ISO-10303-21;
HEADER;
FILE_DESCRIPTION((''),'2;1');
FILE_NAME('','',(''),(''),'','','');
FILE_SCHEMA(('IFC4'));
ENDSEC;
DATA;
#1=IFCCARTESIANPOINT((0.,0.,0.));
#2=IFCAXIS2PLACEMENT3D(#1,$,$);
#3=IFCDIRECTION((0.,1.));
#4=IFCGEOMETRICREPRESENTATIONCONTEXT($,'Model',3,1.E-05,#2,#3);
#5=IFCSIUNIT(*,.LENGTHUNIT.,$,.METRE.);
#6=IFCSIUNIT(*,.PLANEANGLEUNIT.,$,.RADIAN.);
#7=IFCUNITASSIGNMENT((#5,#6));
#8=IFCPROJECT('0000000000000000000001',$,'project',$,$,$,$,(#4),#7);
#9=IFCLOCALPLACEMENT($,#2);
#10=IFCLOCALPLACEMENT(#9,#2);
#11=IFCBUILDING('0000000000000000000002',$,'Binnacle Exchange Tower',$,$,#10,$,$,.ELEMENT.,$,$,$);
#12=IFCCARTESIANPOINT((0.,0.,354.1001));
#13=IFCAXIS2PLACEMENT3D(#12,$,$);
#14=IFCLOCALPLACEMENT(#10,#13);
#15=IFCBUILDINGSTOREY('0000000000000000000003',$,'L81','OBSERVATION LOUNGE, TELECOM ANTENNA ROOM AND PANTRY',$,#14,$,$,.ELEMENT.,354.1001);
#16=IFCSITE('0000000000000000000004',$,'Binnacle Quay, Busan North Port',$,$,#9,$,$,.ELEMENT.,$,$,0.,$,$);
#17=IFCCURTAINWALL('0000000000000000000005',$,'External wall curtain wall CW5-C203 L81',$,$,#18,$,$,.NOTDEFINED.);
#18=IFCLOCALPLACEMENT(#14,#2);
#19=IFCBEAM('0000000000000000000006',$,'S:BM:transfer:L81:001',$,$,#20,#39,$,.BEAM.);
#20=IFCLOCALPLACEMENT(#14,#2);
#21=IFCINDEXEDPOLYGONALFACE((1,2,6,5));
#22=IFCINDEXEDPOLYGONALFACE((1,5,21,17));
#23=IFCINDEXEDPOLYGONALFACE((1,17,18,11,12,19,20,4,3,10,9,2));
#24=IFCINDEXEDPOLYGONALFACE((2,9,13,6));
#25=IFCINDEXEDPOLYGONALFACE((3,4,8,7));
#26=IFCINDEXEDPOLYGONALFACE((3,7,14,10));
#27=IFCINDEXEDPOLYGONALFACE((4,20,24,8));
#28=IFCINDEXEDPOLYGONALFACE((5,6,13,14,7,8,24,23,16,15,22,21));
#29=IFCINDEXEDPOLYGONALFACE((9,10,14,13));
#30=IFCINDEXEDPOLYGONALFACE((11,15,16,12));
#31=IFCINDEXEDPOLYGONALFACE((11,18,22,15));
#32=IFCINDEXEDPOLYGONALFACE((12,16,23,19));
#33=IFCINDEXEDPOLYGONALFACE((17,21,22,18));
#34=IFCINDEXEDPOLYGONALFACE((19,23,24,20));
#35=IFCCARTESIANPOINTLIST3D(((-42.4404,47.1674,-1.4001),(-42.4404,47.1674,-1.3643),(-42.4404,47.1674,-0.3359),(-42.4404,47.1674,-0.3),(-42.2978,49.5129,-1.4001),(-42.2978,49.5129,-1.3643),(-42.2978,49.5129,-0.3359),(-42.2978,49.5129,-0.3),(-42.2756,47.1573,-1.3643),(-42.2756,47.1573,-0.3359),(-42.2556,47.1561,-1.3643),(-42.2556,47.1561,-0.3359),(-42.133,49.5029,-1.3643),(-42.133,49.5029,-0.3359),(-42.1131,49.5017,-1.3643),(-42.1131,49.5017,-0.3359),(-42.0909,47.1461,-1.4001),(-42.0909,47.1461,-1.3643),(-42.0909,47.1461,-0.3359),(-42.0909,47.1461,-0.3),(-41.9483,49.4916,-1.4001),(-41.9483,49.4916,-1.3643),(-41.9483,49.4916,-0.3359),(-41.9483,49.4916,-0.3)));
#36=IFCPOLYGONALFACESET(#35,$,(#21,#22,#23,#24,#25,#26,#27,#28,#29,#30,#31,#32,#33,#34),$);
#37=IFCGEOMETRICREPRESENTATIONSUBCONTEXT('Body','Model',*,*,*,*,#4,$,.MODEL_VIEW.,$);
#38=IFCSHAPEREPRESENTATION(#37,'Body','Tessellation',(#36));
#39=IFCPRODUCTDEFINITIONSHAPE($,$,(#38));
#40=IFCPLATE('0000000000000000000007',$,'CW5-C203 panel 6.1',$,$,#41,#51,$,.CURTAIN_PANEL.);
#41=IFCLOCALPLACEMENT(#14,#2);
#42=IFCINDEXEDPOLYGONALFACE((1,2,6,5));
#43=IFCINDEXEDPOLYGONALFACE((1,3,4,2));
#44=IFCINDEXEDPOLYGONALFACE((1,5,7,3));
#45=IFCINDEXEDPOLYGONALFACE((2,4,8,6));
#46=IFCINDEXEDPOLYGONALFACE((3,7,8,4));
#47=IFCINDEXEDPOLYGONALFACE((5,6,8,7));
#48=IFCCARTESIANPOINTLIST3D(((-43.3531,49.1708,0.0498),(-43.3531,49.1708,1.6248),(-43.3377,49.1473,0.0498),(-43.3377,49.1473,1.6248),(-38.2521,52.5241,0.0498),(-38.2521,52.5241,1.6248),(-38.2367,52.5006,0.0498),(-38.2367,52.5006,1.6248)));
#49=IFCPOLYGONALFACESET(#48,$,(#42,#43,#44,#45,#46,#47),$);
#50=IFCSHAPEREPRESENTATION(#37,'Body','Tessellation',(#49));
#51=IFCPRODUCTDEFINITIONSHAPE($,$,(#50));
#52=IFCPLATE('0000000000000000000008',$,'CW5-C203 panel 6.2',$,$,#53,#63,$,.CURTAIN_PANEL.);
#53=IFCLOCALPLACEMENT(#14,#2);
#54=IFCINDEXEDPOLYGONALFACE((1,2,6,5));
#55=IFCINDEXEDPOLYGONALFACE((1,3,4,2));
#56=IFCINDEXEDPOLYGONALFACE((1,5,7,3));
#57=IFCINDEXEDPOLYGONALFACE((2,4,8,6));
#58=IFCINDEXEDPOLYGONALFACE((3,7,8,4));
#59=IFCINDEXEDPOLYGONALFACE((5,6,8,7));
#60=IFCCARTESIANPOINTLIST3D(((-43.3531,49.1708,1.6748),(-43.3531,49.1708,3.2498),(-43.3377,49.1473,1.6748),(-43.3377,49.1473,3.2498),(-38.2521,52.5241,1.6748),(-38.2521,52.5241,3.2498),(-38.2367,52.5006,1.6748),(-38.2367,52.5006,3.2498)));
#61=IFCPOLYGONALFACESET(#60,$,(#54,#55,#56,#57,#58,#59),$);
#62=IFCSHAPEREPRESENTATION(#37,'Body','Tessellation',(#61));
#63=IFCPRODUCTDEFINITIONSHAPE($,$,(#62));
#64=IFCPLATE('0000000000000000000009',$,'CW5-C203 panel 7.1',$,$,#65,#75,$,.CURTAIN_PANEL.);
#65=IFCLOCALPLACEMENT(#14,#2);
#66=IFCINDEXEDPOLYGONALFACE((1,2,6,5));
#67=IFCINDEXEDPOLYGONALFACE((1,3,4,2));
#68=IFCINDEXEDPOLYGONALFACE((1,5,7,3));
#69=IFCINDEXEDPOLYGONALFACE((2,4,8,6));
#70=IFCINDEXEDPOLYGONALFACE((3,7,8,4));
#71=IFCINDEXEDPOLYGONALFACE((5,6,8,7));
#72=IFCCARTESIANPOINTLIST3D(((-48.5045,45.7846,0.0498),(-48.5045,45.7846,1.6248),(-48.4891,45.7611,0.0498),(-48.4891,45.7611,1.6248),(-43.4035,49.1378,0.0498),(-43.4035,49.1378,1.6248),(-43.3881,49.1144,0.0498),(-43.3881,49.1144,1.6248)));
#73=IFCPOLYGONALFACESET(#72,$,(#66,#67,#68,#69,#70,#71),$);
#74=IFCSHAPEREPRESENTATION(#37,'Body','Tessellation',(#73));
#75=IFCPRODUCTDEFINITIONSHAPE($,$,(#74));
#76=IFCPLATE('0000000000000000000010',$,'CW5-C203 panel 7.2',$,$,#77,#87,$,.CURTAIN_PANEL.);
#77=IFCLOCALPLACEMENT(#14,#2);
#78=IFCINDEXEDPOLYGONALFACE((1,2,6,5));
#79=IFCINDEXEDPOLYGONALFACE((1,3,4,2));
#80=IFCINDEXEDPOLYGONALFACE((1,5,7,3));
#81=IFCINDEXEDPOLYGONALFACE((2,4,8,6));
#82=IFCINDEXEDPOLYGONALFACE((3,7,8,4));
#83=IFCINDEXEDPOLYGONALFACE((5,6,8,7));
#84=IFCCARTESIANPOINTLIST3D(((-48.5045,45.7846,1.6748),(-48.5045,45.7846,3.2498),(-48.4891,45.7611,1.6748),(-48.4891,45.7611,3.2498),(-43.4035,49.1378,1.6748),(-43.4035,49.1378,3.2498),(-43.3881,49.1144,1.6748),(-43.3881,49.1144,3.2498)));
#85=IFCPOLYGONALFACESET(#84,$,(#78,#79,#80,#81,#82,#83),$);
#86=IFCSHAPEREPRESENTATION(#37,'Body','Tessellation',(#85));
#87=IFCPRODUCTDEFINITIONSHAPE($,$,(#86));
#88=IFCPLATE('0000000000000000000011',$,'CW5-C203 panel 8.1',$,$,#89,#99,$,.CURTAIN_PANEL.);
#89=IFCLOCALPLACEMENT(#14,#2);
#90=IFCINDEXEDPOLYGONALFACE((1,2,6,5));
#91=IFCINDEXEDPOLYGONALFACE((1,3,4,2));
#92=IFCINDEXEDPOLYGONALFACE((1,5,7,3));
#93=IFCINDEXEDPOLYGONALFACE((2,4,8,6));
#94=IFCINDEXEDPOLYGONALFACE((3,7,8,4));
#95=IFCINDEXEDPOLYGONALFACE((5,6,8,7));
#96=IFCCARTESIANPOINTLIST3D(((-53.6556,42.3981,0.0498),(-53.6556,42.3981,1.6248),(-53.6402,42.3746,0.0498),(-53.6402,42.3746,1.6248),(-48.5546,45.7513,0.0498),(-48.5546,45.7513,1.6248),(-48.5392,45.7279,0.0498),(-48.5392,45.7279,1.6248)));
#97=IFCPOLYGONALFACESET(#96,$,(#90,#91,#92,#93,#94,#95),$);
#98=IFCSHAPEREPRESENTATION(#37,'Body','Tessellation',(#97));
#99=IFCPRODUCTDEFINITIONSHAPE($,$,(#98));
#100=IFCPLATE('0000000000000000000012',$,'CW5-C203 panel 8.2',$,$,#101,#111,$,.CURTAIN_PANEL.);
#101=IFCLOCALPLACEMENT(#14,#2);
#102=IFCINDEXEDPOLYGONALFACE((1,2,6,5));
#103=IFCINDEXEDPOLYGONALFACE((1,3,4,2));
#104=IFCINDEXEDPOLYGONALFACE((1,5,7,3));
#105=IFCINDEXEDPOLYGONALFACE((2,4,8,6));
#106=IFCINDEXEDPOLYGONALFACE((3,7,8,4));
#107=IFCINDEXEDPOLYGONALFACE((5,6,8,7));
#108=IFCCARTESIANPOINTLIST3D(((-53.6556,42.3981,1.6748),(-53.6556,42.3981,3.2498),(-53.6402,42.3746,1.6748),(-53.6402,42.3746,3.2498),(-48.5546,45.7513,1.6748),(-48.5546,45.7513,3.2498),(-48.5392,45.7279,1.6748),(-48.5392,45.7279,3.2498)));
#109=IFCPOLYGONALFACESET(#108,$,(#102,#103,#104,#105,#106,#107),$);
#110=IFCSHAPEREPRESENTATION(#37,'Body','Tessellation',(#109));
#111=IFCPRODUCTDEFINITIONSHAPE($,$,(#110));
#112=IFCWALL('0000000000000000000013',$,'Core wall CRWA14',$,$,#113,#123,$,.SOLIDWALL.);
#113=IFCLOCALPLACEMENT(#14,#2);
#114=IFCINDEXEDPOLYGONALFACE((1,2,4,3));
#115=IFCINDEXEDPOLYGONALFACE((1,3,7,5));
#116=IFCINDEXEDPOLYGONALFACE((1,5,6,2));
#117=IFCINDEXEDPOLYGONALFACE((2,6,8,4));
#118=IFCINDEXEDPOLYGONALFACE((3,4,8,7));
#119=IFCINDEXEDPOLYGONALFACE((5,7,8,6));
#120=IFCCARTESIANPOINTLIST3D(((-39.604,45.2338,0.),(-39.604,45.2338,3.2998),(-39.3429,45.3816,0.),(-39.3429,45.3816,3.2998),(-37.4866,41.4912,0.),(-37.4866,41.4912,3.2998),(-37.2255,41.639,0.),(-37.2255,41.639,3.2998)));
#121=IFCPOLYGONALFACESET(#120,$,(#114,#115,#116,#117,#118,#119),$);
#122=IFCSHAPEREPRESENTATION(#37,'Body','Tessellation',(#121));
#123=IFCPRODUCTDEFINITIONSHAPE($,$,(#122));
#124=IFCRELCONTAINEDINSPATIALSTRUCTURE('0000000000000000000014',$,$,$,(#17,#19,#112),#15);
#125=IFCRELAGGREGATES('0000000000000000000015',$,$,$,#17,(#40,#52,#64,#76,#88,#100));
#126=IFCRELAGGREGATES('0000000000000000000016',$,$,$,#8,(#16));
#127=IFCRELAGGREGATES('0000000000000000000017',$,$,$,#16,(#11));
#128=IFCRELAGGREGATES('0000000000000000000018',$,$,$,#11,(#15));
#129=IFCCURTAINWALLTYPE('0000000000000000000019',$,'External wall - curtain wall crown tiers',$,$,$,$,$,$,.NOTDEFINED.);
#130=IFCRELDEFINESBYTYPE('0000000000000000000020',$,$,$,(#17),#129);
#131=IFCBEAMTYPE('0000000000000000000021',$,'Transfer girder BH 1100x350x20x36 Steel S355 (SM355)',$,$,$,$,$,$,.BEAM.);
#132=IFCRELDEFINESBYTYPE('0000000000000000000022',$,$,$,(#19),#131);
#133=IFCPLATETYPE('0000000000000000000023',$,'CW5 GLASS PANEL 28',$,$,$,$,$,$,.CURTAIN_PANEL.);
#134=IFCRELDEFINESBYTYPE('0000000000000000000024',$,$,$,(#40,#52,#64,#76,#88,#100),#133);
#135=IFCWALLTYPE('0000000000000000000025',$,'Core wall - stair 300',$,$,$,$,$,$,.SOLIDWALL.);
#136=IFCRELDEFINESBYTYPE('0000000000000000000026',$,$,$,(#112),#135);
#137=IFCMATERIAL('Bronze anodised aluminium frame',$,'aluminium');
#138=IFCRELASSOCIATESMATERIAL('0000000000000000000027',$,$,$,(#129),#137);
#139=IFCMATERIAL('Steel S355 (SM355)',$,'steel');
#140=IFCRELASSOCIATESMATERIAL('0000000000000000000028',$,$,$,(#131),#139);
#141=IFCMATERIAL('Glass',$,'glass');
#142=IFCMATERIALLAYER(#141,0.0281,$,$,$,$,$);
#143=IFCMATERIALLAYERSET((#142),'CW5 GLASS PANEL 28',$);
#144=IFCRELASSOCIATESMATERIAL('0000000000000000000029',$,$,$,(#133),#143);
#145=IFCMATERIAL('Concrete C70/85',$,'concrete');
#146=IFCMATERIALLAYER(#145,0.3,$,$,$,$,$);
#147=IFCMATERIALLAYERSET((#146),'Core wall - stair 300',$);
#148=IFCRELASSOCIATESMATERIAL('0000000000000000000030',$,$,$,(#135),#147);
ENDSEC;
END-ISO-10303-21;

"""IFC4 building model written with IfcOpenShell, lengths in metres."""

from ifc_helpers import new_model, si_unit, direction, frame, frame_2d, origin, origin_2d, place, context, subcontext, project, spatial, rectangle, i_section, extrude, material, layer, layer_set, material_profile, profile_set, type_object, element, aggregate, save


model = new_model("IFC4")

# Units and contexts
model_context = context("Model", 3, precision=1e-05, world=origin(), true_north=direction((0.0, 1.0)))
body_context = subcontext(model_context, "Body", "Model", "MODEL_VIEW")
ifc_project = project(units=[si_unit("LENGTHUNIT", "METRE"), si_unit("PLANEANGLEUNIT", "RADIAN")], contexts=[model_context])

# Site, building, storey
site_placement = place(None, origin())
site = spatial("IfcSite", under=ifc_project, at=site_placement, Name="Binnacle Quay, Busan North Port", CompositionType="ELEMENT", RefElevation=0.0)
building_placement = place(site_placement, origin())
building = spatial("IfcBuilding", under=site, at=building_placement, Name="Binnacle Exchange Tower", CompositionType="ELEMENT")
storey_placement = place(building_placement, frame((0.0, 0.0, 354.1001)))
storey = spatial("IfcBuildingStorey", under=building, at=storey_placement, Name="L81", Description="OBSERVATION LOUNGE, TELECOM ANTENNA ROOM AND PANTRY", CompositionType="ELEMENT", Elevation=354.1001)

# Curtain wall
ifc_material_1 = material(Name="Bronze anodised aluminium frame", Category="aluminium")
curtain_wall_type = type_object("IfcCurtainWallType", Name="External wall - curtain wall crown tiers", PredefinedType="NOTDEFINED", material=ifc_material_1)
curtain_wall_placement = place(storey_placement, origin())
curtain_wall = element("IfcCurtainWall", 1, at=curtain_wall_placement, inside=storey, type_object=curtain_wall_type, Name="External wall curtain wall CW5-C203 L81", PredefinedType="NOTDEFINED")

# Beam
ifc_material_2 = material(Name="Steel S355 (SM355)", Category="steel")
ifc_material_profile_1 = material_profile(ifc_material_2, i_section(OverallWidth=0.3501, OverallDepth=1.1001, WebThickness=0.02, FlangeThickness=0.0359, at=origin_2d()), Name="BH 1100x350x20x36")
ifc_profile_set_1 = profile_set([ifc_material_profile_1], Name="Steel S355 (SM355)")
beam_type_1 = type_object("IfcBeamType", Name="Transfer girder BH 1100x350x20x36 Steel S355 (SM355)", PredefinedType="BEAM", material=ifc_profile_set_1)
beam_1_placement = place(storey_placement, frame((-42.2656, 47.1567, -0.8501), z_axis=(0.060677, 0.998157, 0.0), x_axis=(-0.998157, 0.060677, 0.0)))
element("IfcBeam", 2, at=beam_1_placement, inside=storey, type_object=beam_type_1, Name="S:BM:transfer:L81:001", PredefinedType="BEAM", context=body_context, shape_type="SweptSolid", body=[
    extrude(i_section(OverallWidth=0.3501, OverallDepth=1.1001, WebThickness=0.02, FlangeThickness=0.0359, at=origin_2d()), origin(), (0.0, 0.0, 1.0), 2.3499),
])

# Plates
ifc_material_3 = material(Name="Glass", Category="glass")
ifc_layer_1 = layer(ifc_material_3, 0.0281)
ifc_layer_set_1 = layer_set([ifc_layer_1], Name="CW5 GLASS PANEL 28")
plate_type = type_object("IfcPlateType", Name="CW5 GLASS PANEL 28", PredefinedType="CURTAIN_PANEL", material=ifc_layer_set_1)
plate_1_placement = place(storey_placement, frame((-40.7949, 50.8357, 0.0498), z_axis=(0.0, 0.0, 1.0), x_axis=(-0.835618, -0.54931, 0.0)))
plate_1 = element("IfcPlate", 3, at=plate_1_placement, type_object=plate_type, Name="CW5-C203 panel 6.1", PredefinedType="CURTAIN_PANEL", context=body_context, shape_type="SweptSolid", body=[
    extrude(rectangle(XDim=6.1045, YDim=0.0281, at=origin_2d()), origin(), (0.0, 0.0, 1.0), 1.575),
])
plate_2_placement = place(storey_placement, frame((-40.7949, 50.8357, 1.6748), z_axis=(0.0, 0.0, 1.0), x_axis=(-0.835618, -0.54931, 0.0)))
plate_2 = element("IfcPlate", 4, at=plate_2_placement, type_object=plate_type, Name="CW5-C203 panel 6.2", PredefinedType="CURTAIN_PANEL", context=body_context, shape_type="SweptSolid", body=[
    extrude(rectangle(XDim=6.1045, YDim=0.0281, at=origin_2d()), origin(), (0.0, 0.0, 1.0), 1.575),
])
plate_3_placement = place(storey_placement, frame((-45.9463, 47.4495, 0.0498), z_axis=(0.0, 0.0, 1.0), x_axis=(-0.835618, -0.54931, 0.0)))
plate_3 = element("IfcPlate", 5, at=plate_3_placement, type_object=plate_type, Name="CW5-C203 panel 7.1", PredefinedType="CURTAIN_PANEL", context=body_context, shape_type="SweptSolid", body=[
    extrude(rectangle(XDim=6.1045, YDim=0.0281, at=origin_2d()), origin(), (0.0, 0.0, 1.0), 1.575),
])
plate_4_placement = place(storey_placement, frame((-45.9463, 47.4495, 1.6748), z_axis=(0.0, 0.0, 1.0), x_axis=(-0.835618, -0.54931, 0.0)))
plate_4 = element("IfcPlate", 6, at=plate_4_placement, type_object=plate_type, Name="CW5-C203 panel 7.2", PredefinedType="CURTAIN_PANEL", context=body_context, shape_type="SweptSolid", body=[
    extrude(rectangle(XDim=6.1045, YDim=0.0281, at=origin_2d()), origin(), (0.0, 0.0, 1.0), 1.575),
])
plate_5_placement = place(storey_placement, frame((-51.0974, 44.063, 0.0498), z_axis=(0.0, 0.0, 1.0), x_axis=(-0.835618, -0.54931, 0.0)))
plate_5 = element("IfcPlate", 7, at=plate_5_placement, type_object=plate_type, Name="CW5-C203 panel 8.1", PredefinedType="CURTAIN_PANEL", context=body_context, shape_type="SweptSolid", body=[
    extrude(rectangle(XDim=6.1045, YDim=0.0281, at=origin_2d()), origin(), (0.0, 0.0, 1.0), 1.575),
])
plate_6_placement = place(storey_placement, frame((-51.0974, 44.063, 1.6748), z_axis=(0.0, 0.0, 1.0), x_axis=(-0.835618, -0.54931, 0.0)))
plate_6 = element("IfcPlate", 8, at=plate_6_placement, type_object=plate_type, Name="CW5-C203 panel 8.2", PredefinedType="CURTAIN_PANEL", context=body_context, shape_type="SweptSolid", body=[
    extrude(rectangle(XDim=6.1045, YDim=0.0281, at=origin_2d()), origin(), (0.0, 0.0, 1.0), 1.575),
])
aggregate(curtain_wall, [plate_1, plate_2, plate_3, plate_4, plate_5, plate_6])

# Wall
ifc_material_4 = material(Name="Concrete C70/85", Category="concrete")
ifc_layer_2 = layer(ifc_material_4, 0.3)
ifc_layer_set_2 = layer_set([ifc_layer_2], Name="Core wall - stair 300")
wall_type = type_object("IfcWallType", Name="Core wall - stair 300", PredefinedType="SOLIDWALL", material=ifc_layer_set_2)
wall_placement = place(storey_placement, frame((-39.4734, 45.3076, 0.0), z_axis=(0.0, 0.0, 1.0), x_axis=(0.492411, -0.870363, 0.0)))
element("IfcWall", 9, at=wall_placement, inside=storey, type_object=wall_type, Name="Core wall CRWA14", PredefinedType="SOLIDWALL", context=body_context, shape_type="SweptSolid", body=[
    extrude(rectangle(XDim=4.3, YDim=0.3, at=frame_2d((2.1499, 0.0))), origin(), (0.0, 0.0, 1.0), 3.2998),
])

save(model, "model.ifc")
